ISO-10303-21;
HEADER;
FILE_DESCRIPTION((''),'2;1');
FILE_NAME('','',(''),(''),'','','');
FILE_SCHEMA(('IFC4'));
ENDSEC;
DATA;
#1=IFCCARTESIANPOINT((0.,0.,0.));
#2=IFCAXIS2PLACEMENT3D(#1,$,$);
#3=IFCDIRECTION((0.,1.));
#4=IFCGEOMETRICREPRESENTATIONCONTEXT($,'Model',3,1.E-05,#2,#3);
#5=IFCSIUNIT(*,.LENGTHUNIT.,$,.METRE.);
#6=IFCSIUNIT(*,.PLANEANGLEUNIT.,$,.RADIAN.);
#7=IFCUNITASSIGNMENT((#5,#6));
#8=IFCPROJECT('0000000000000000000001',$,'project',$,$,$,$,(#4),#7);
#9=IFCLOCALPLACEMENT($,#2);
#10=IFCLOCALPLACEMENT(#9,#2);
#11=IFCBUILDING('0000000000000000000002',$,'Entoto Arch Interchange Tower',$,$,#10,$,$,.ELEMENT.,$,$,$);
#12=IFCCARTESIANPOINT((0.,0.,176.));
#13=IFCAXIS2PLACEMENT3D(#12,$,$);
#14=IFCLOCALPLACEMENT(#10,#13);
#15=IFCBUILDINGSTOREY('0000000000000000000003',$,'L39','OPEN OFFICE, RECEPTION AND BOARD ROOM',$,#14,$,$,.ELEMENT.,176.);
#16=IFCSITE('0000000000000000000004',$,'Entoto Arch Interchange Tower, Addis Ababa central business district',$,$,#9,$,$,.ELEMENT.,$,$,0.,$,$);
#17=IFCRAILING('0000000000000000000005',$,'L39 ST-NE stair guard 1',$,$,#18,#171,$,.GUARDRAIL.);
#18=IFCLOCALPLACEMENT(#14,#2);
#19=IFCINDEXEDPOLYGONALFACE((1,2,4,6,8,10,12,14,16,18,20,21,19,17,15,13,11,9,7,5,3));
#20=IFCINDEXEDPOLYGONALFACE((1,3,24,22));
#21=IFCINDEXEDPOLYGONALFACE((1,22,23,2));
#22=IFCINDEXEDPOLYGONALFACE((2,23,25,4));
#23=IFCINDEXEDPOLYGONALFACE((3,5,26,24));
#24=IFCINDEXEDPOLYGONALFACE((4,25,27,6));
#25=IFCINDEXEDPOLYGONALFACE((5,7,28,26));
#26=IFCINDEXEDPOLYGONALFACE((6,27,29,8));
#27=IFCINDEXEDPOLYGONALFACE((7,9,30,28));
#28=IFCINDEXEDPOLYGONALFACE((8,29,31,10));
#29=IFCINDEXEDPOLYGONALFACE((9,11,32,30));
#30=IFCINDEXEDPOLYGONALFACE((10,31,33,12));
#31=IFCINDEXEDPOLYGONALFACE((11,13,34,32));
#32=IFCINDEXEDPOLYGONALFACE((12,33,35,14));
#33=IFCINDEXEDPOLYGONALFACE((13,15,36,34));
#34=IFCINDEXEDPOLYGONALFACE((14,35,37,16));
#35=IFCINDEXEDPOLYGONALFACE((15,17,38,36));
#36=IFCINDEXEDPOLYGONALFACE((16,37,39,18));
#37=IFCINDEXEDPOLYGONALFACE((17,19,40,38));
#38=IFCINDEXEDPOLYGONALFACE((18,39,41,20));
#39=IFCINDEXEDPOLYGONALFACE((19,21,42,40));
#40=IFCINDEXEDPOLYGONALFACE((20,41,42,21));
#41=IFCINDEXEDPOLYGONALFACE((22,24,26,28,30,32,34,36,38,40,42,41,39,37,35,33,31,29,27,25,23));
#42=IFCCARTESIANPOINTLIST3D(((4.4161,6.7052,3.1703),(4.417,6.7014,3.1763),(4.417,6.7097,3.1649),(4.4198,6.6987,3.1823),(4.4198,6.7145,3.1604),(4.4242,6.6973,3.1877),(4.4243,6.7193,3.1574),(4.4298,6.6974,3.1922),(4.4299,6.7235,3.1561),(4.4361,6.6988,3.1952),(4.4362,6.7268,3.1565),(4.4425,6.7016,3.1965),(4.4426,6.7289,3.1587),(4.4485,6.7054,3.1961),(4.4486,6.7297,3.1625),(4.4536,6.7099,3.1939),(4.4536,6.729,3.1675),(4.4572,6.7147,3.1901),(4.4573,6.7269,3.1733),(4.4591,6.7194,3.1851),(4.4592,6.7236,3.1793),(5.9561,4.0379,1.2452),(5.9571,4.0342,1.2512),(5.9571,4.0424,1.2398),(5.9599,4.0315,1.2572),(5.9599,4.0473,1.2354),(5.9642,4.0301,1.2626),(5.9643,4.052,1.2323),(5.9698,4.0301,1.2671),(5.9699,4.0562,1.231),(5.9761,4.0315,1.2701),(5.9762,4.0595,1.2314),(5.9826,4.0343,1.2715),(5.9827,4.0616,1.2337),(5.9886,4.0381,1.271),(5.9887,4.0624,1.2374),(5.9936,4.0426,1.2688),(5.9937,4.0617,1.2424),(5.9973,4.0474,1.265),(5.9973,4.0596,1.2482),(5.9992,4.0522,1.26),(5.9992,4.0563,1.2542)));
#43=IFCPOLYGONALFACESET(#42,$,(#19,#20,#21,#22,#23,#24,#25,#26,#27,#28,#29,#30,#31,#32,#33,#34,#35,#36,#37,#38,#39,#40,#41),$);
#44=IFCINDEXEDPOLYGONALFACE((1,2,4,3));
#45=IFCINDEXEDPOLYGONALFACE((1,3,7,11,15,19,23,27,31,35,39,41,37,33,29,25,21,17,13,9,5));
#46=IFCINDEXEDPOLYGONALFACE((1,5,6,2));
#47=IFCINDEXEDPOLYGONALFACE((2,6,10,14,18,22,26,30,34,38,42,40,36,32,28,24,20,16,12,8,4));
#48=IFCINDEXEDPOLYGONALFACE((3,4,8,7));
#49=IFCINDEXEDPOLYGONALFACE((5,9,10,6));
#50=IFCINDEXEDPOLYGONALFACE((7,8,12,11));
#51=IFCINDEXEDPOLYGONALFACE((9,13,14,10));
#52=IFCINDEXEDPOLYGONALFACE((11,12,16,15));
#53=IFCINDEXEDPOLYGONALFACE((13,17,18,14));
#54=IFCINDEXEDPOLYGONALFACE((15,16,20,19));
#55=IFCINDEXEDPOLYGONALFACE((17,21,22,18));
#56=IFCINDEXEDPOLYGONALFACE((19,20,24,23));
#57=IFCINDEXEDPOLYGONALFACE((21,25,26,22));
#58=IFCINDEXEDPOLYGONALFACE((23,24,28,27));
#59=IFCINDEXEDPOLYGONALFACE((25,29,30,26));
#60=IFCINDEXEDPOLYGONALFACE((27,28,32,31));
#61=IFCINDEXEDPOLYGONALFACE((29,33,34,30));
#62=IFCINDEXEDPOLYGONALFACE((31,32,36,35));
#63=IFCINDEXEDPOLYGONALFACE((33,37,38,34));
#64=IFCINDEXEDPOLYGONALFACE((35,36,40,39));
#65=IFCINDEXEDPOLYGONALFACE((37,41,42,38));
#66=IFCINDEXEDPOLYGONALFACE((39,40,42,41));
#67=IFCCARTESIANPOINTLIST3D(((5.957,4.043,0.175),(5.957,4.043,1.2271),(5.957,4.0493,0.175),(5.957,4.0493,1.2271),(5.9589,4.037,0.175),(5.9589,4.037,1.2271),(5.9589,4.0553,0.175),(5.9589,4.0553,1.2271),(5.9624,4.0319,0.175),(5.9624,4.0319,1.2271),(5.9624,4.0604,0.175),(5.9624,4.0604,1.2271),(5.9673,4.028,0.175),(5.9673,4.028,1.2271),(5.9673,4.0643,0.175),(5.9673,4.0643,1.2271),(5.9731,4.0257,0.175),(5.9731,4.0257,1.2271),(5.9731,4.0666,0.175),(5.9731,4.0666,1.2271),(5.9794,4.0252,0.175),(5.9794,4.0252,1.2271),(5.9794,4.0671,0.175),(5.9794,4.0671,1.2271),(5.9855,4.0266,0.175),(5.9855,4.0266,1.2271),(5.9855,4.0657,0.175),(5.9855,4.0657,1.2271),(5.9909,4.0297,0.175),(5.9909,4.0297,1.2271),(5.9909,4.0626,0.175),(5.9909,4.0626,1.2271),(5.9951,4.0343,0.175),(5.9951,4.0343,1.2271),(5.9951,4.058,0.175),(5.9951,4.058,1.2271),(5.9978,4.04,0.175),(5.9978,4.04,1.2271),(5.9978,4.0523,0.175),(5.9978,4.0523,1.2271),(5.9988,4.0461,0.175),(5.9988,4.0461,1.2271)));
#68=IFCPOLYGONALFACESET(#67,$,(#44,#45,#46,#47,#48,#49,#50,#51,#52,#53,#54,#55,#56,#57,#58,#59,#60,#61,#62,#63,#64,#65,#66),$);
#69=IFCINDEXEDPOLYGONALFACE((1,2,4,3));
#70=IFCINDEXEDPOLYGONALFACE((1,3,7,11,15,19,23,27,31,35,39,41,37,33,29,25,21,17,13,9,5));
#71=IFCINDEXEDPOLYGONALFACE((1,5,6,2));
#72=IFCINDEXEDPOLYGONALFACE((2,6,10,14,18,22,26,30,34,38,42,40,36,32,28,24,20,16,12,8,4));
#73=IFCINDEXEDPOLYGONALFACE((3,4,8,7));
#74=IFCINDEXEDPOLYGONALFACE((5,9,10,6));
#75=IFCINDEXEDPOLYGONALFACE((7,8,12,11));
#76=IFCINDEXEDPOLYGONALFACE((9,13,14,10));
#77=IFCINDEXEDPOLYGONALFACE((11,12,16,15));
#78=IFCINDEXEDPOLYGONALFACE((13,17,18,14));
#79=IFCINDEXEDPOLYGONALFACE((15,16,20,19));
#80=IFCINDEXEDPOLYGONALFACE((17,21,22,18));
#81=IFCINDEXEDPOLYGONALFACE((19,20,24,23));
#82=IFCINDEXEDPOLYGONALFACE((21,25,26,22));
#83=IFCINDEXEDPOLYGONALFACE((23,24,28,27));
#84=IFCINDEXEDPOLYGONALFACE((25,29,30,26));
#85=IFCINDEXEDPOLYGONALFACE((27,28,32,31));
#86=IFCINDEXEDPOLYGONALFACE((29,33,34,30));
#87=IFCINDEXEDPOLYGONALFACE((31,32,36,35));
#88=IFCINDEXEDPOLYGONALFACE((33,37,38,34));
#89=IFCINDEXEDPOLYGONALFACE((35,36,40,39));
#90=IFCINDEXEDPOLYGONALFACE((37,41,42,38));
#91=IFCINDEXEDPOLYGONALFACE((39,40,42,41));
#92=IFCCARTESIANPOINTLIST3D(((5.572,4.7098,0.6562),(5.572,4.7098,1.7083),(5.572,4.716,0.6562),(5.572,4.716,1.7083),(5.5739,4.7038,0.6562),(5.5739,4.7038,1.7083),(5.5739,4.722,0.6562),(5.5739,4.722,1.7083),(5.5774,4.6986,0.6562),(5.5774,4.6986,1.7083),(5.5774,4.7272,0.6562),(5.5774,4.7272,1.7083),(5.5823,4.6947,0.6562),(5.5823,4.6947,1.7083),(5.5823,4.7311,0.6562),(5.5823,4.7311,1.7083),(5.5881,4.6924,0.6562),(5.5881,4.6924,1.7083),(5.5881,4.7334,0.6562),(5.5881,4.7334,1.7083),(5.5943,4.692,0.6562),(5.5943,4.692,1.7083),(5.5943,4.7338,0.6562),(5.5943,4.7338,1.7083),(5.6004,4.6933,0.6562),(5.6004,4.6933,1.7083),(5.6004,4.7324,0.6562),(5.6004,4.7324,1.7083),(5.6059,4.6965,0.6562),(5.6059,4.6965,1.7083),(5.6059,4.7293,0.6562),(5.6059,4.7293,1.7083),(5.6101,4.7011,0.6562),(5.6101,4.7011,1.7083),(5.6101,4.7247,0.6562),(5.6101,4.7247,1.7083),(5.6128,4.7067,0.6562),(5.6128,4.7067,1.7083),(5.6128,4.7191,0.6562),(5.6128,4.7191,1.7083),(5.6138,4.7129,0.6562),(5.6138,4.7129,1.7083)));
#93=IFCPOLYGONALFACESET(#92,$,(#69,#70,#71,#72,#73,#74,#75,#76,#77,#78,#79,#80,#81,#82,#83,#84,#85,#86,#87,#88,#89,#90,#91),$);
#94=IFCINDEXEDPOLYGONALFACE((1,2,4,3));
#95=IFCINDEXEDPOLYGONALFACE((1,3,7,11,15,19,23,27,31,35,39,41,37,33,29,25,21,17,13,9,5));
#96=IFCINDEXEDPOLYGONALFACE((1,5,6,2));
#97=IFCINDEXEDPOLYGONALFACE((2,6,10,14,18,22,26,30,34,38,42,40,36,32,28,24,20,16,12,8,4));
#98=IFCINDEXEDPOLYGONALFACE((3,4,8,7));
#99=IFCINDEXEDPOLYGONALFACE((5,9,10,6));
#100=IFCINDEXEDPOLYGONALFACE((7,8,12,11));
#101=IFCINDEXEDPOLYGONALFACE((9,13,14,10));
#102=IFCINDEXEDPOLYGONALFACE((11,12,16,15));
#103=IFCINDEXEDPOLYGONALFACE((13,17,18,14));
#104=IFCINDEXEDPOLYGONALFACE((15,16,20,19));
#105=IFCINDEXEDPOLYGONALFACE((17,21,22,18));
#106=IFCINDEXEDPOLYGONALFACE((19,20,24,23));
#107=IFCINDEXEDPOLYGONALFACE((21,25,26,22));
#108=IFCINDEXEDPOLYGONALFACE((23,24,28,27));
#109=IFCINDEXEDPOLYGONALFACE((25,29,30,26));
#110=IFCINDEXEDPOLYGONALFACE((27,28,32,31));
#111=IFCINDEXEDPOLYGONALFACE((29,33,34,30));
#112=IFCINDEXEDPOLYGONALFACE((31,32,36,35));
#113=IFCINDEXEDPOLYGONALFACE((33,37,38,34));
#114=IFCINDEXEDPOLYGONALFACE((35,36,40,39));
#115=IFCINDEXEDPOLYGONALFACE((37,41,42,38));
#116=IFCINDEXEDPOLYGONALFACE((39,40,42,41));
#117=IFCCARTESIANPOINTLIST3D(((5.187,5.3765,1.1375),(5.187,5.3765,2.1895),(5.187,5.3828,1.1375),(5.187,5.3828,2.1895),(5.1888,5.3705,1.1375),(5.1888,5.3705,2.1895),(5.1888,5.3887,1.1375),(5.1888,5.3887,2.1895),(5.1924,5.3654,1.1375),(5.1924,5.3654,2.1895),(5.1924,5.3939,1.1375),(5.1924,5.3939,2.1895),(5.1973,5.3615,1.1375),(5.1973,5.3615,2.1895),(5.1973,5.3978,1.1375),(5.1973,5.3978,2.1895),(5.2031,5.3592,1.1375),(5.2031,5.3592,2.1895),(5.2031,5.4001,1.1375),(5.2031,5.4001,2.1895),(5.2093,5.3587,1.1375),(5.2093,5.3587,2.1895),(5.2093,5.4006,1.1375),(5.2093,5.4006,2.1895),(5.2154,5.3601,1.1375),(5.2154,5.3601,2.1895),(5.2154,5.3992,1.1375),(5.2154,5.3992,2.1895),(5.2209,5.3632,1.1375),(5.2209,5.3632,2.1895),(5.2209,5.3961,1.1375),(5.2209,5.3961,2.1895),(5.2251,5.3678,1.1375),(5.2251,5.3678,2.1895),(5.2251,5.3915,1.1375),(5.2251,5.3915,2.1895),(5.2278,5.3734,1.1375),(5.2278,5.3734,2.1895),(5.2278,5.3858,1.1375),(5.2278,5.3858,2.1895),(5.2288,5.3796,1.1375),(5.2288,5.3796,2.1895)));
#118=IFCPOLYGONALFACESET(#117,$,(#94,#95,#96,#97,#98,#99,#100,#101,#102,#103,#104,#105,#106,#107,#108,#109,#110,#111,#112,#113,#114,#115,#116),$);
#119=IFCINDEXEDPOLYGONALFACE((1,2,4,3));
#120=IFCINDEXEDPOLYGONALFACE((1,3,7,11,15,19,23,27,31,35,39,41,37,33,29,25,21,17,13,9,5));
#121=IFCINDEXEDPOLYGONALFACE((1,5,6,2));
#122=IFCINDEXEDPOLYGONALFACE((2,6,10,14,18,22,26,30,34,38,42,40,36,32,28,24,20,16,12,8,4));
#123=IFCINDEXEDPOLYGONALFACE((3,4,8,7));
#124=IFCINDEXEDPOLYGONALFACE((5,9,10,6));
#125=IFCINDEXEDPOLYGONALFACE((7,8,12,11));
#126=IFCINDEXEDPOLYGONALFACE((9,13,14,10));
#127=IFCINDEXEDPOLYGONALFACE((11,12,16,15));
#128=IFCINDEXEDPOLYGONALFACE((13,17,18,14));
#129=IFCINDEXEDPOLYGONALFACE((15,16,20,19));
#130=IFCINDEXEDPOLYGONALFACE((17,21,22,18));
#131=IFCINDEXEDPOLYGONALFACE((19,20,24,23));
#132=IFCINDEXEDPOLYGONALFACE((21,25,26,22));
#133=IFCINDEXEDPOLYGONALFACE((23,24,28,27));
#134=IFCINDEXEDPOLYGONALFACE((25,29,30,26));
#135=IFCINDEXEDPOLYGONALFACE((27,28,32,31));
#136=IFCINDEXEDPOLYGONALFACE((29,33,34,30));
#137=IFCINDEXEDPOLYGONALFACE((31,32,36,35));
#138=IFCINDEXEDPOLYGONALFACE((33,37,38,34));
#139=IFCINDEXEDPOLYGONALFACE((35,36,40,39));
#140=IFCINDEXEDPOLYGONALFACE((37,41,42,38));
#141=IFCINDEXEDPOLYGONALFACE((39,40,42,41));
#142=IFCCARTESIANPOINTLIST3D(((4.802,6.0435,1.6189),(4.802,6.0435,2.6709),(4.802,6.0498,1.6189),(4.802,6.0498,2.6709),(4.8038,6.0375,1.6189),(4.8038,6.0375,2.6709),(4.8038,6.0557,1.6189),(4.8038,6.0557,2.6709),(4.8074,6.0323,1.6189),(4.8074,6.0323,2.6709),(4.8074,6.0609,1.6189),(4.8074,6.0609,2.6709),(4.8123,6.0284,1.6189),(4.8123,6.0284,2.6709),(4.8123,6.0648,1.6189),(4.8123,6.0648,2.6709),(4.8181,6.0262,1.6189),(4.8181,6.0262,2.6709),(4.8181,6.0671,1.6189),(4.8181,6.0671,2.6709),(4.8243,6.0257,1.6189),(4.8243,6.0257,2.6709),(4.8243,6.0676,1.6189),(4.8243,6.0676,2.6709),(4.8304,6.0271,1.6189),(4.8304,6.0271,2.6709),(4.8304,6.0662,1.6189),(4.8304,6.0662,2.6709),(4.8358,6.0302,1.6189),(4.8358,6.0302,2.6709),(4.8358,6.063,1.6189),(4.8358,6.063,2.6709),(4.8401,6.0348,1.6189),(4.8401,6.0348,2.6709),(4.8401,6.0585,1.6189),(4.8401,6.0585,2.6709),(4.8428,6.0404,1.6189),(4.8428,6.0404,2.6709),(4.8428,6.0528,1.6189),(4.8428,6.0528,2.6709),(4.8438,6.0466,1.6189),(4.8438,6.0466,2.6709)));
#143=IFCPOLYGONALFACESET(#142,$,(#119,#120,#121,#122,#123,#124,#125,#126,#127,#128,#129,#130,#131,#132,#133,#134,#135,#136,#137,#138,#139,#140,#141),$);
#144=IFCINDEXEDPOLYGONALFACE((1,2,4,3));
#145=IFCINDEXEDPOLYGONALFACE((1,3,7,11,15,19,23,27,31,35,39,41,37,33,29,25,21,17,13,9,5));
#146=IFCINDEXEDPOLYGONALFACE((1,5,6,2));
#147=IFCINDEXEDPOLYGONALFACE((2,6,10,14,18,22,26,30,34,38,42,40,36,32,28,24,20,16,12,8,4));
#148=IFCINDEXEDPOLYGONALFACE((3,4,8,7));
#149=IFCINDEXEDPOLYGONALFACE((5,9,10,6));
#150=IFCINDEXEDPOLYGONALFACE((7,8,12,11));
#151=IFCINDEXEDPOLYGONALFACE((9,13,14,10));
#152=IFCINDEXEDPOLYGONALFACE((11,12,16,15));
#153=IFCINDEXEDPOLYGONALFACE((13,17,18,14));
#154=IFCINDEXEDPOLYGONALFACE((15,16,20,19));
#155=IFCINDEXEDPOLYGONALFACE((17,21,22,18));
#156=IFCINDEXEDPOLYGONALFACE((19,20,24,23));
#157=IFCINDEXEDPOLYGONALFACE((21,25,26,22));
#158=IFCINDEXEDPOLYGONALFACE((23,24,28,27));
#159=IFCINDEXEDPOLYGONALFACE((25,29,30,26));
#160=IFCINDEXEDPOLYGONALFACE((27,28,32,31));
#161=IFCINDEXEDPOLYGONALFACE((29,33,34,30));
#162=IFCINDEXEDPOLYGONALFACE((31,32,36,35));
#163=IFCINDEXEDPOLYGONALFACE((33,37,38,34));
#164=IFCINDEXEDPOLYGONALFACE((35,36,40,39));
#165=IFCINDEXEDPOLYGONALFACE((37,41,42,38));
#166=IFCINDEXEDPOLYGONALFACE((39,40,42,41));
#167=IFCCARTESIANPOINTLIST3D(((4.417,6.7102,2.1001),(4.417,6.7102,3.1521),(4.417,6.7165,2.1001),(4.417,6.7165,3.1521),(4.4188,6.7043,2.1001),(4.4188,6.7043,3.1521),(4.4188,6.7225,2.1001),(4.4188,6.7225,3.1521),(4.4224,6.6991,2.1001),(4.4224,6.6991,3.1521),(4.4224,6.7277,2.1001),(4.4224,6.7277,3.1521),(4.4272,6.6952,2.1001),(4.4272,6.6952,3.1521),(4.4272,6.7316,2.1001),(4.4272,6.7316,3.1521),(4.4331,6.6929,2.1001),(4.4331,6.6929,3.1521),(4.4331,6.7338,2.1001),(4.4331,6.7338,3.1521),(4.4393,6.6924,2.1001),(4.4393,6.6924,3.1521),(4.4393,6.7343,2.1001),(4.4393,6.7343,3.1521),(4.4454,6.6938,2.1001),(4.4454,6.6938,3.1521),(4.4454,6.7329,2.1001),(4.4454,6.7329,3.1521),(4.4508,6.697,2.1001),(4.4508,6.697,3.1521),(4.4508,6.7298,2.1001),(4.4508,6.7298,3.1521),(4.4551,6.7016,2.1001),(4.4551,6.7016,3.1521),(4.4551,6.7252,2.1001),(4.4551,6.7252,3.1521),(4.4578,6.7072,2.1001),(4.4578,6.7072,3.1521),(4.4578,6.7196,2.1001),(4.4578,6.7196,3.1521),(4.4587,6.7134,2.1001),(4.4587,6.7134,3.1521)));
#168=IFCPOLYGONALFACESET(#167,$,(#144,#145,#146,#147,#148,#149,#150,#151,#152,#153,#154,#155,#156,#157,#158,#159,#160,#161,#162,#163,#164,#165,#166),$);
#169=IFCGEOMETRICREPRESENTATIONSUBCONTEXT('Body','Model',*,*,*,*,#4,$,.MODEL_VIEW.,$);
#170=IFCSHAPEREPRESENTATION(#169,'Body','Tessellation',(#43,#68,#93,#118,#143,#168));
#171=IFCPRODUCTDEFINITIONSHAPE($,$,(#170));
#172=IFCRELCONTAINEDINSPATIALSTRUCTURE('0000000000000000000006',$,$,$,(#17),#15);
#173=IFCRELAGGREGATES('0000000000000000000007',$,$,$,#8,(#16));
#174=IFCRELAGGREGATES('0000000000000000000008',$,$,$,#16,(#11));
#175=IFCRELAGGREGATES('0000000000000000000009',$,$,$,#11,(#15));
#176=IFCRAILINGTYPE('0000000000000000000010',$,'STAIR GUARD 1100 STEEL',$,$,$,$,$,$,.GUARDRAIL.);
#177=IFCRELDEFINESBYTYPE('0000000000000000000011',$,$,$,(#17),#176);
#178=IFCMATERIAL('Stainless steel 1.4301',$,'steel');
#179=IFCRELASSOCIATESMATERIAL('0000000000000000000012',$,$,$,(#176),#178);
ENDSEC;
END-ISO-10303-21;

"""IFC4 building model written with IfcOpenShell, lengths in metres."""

from ifc_helpers import new_model, si_unit, direction, frame, origin, origin_2d, place, context, subcontext, project, spatial, circle, extrude, material, type_object, element, save


model = new_model("IFC4")

# Units and contexts
model_context = context("Model", 3, precision=1e-05, world=origin(), true_north=direction((0.0, 1.0)))
body_context = subcontext(model_context, "Body", "Model", "MODEL_VIEW")
ifc_project = project(units=[si_unit("LENGTHUNIT", "METRE"), si_unit("PLANEANGLEUNIT", "RADIAN")], contexts=[model_context])

# Site, building, storey
site_placement = place(None, origin())
site = spatial("IfcSite", under=ifc_project, at=site_placement, Name="Entoto Arch Interchange Tower, Addis Ababa central business district", CompositionType="ELEMENT", RefElevation=0.0)
building_placement = place(site_placement, origin())
building = spatial("IfcBuilding", under=site, at=building_placement, Name="Entoto Arch Interchange Tower", CompositionType="ELEMENT")
storey_placement = place(building_placement, frame((0.0, 0.0, 176.0)))
storey = spatial("IfcBuildingStorey", under=building, at=storey_placement, Name="L39", Description="OPEN OFFICE, RECEPTION AND BOARD ROOM", CompositionType="ELEMENT", Elevation=176.0)

# Railing
ifc_material_1 = material(Name="Stainless steel 1.4301", Category="steel")
railing_type_1 = type_object("IfcRailingType", Name="STAIR GUARD 1100 STEEL", PredefinedType="GUARDRAIL", material=ifc_material_1)
railing_1_placement = place(storey_placement, frame((5.9778, 4.0461, 0.175)))
element("IfcRailing", 1, at=railing_1_placement, inside=storey, type_object=railing_type_1, Name="L39 ST-NE stair guard 1", PredefinedType="GUARDRAIL", context=body_context, shape_type="SweptSolid", body=[
    extrude(circle(Radius=0.0239, at=origin_2d()), frame((0.0, 0.0, 1.0762), z_axis=(-0.424015, 0.734364, 0.530019), x_axis=(-0.86601, -0.500027, 0.0)), (0.0, 0.0, 1.0), 3.6321),
    extrude(circle(Radius=0.021, at=origin_2d()), origin(), (0.0, 0.0, 1.0), 1.052),
    extrude(circle(Radius=0.021, at=origin_2d()), frame((-0.385, 0.6667, 0.4812)), (0.0, 0.0, 1.0), 1.052),
    extrude(circle(Radius=0.021, at=origin_2d()), frame((-0.77, 1.3335, 0.9624)), (0.0, 0.0, 1.0), 1.052),
    extrude(circle(Radius=0.021, at=origin_2d()), frame((-1.155, 2.0005, 1.4438)), (0.0, 0.0, 1.0), 1.052),
    extrude(circle(Radius=0.021, at=origin_2d()), frame((-1.54, 2.6672, 1.925)), (0.0, 0.0, 1.0), 1.052),
])

save(model, "model.ifc")
